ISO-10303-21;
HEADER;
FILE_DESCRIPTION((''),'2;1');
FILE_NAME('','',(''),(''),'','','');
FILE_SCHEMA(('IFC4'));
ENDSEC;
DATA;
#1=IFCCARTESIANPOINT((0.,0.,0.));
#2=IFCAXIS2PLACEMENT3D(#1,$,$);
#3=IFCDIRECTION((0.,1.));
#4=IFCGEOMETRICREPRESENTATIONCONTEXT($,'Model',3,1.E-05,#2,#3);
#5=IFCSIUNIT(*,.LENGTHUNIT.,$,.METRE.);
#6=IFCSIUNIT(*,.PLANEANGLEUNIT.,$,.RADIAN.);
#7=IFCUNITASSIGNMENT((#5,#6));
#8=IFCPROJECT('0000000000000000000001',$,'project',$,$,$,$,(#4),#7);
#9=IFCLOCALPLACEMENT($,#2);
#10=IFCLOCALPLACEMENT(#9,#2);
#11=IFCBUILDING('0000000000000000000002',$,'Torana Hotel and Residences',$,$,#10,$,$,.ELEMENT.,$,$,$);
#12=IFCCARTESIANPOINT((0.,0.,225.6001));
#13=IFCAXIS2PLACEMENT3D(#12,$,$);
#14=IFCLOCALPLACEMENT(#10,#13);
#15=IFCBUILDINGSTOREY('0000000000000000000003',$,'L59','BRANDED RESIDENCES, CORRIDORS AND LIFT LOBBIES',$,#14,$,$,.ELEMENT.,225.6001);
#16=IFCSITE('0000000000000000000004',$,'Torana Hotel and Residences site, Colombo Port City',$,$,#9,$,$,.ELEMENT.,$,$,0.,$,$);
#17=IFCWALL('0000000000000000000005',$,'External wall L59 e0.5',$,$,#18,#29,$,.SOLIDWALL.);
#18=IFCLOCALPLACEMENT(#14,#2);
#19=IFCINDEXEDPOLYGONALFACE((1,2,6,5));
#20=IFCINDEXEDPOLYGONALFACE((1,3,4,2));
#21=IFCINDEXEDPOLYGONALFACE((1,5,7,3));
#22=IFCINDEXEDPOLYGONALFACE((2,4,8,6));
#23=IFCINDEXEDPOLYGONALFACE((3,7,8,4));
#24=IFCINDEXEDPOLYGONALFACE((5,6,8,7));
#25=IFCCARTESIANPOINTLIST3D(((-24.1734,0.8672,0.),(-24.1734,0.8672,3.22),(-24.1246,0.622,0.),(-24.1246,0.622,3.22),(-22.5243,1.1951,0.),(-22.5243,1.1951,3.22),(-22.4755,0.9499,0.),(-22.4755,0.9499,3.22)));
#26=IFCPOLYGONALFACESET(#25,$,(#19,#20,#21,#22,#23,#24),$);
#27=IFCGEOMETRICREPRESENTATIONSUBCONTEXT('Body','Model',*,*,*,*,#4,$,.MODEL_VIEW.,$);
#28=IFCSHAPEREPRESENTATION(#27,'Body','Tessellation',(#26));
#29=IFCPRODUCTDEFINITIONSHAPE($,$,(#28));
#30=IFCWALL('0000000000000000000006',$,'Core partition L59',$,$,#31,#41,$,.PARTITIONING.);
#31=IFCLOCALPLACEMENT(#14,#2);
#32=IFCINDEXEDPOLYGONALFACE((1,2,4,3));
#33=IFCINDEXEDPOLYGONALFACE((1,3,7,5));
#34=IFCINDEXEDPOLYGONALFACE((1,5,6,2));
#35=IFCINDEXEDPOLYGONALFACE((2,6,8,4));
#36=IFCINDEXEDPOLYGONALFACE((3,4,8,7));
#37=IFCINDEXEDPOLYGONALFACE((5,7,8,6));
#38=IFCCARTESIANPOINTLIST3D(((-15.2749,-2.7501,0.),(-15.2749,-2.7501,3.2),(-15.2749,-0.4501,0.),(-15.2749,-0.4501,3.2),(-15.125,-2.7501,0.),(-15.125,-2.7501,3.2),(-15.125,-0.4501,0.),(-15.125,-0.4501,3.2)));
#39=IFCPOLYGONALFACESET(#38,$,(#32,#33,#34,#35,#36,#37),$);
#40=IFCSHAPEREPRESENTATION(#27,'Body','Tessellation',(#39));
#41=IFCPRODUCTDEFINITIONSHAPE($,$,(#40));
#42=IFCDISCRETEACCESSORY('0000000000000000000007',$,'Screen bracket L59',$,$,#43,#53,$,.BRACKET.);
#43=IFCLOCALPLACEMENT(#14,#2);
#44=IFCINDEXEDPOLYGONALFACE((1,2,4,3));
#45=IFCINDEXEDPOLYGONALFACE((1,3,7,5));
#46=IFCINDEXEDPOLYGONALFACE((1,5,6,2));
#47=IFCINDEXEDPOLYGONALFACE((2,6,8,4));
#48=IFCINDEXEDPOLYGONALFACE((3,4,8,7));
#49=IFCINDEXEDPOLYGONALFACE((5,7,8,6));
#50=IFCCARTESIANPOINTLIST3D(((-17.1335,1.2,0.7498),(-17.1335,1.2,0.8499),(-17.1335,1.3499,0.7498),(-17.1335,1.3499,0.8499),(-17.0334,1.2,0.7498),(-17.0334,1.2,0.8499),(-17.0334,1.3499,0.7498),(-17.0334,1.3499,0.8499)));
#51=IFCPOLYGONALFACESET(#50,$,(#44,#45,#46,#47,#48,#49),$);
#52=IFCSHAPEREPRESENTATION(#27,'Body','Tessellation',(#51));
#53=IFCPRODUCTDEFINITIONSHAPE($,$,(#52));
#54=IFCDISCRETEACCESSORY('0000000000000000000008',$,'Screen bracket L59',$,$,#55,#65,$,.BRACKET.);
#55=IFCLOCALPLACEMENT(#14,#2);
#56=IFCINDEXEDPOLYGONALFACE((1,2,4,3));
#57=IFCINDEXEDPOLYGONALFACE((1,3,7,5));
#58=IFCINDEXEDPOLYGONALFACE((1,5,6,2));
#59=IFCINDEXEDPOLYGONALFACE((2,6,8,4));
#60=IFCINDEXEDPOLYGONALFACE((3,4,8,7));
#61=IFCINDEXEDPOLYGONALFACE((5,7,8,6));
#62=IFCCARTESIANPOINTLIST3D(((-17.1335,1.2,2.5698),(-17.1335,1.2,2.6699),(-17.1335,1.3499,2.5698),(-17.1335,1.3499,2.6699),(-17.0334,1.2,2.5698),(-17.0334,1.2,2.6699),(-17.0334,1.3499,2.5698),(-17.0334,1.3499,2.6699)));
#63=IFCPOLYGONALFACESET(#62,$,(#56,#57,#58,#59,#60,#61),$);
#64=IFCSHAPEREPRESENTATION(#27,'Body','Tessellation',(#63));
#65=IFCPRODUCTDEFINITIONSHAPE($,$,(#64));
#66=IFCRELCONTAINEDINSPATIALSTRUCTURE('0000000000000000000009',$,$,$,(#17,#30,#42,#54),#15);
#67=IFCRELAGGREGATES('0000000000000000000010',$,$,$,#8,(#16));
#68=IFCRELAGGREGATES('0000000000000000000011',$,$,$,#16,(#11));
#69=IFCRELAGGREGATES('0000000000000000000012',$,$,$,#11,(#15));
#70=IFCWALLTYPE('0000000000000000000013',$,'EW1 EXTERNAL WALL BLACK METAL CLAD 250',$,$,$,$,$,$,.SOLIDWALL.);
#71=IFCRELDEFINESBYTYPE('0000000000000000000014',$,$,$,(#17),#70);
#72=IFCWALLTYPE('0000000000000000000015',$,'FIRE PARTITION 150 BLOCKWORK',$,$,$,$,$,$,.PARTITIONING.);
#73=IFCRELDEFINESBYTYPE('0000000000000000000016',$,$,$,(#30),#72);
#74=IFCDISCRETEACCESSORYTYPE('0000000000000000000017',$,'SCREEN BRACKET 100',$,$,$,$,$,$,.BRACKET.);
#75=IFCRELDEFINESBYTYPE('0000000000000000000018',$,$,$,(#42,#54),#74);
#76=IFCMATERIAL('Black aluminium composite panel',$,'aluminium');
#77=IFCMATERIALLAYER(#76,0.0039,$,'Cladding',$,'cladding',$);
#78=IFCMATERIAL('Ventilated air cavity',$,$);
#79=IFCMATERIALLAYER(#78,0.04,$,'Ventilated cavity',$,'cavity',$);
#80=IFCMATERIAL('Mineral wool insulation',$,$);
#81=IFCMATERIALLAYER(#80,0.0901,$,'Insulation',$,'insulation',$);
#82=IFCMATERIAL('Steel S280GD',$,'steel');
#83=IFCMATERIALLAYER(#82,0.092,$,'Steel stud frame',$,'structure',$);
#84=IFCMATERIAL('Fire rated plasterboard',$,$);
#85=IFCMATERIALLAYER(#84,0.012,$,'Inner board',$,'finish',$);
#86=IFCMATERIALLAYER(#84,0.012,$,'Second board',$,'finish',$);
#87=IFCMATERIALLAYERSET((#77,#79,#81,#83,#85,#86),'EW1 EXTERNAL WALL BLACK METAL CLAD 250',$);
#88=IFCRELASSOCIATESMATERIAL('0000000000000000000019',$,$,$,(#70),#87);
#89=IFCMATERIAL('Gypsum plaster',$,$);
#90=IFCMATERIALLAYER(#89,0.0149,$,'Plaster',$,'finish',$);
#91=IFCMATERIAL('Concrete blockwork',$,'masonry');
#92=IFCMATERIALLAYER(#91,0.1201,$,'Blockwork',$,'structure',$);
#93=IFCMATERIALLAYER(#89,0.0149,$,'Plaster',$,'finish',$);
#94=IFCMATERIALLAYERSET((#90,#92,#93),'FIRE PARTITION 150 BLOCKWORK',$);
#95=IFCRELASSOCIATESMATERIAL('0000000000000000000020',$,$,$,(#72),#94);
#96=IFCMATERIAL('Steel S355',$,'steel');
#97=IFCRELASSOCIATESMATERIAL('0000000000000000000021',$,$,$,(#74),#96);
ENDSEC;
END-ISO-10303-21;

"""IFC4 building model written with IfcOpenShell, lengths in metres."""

from ifc_helpers import new_model, si_unit, direction, frame, frame_2d, origin, origin_2d, place, context, subcontext, project, spatial, rectangle, extrude, material, layer, layer_set, type_object, element, save


model = new_model("IFC4")

# Units and contexts
model_context = context("Model", 3, precision=1e-05, world=origin(), true_north=direction((0.0, 1.0)))
body_context = subcontext(model_context, "Body", "Model", "MODEL_VIEW")
ifc_project = project(units=[si_unit("LENGTHUNIT", "METRE"), si_unit("PLANEANGLEUNIT", "RADIAN")], contexts=[model_context])

# Site, building, storey
site_placement = place(None, origin())
site = spatial("IfcSite", under=ifc_project, at=site_placement, Name="Torana Hotel and Residences site, Colombo Port City", CompositionType="ELEMENT", RefElevation=0.0)
building_placement = place(site_placement, origin())
building = spatial("IfcBuilding", under=site, at=building_placement, Name="Torana Hotel and Residences", CompositionType="ELEMENT")
storey_placement = place(building_placement, frame((0.0, 0.0, 225.6001)))
storey = spatial("IfcBuildingStorey", under=building, at=storey_placement, Name="L59", Description="BRANDED RESIDENCES, CORRIDORS AND LIFT LOBBIES", CompositionType="ELEMENT", Elevation=225.6001)

# Walls
ifc_material_1 = material(Name="Black aluminium composite panel", Category="aluminium")
ifc_layer_1 = layer(ifc_material_1, 0.0039, Name="Cladding", Category="cladding")
ifc_material_2 = material(Name="Ventilated air cavity")
ifc_layer_2 = layer(ifc_material_2, 0.04, Name="Ventilated cavity", Category="cavity")
ifc_material_3 = material(Name="Mineral wool insulation")
ifc_layer_3 = layer(ifc_material_3, 0.0901, Name="Insulation", Category="insulation")
ifc_material_4 = material(Name="Steel S280GD", Category="steel")
ifc_layer_4 = layer(ifc_material_4, 0.092, Name="Steel stud frame", Category="structure")
ifc_material_5 = material(Name="Fire rated plasterboard")
ifc_layer_5 = layer(ifc_material_5, 0.012, Name="Inner board", Category="finish")
ifc_layer_6 = layer(ifc_material_5, 0.012, Name="Second board", Category="finish")
ifc_layer_set_1 = layer_set([ifc_layer_1, ifc_layer_2, ifc_layer_3, ifc_layer_4, ifc_layer_5, ifc_layer_6], Name="EW1 EXTERNAL WALL BLACK METAL CLAD 250")
wall_type_1 = type_object("IfcWallType", Name="EW1 EXTERNAL WALL BLACK METAL CLAD 250", PredefinedType="SOLIDWALL", material=ifc_layer_set_1)
wall_1_placement = place(storey_placement, frame((-22.4998, 1.0725, 0.0), z_axis=(0.0, 0.0, 1.0), x_axis=(-0.980803, -0.194999, 0.0)))
element("IfcWall", 1, at=wall_1_placement, inside=storey, type_object=wall_type_1, Name="External wall L59 e0.5", PredefinedType="SOLIDWALL", context=body_context, shape_type="SweptSolid", body=[
    extrude(rectangle(XDim=1.6814, YDim=0.25, at=frame_2d((0.8408, 0.0))), origin(), (0.0, 0.0, 1.0), 3.22),
])
ifc_material_6 = material(Name="Gypsum plaster")
ifc_layer_7 = layer(ifc_material_6, 0.0149, Name="Plaster", Category="finish")
ifc_material_7 = material(Name="Concrete blockwork", Category="masonry")
ifc_layer_8 = layer(ifc_material_7, 0.1201, Name="Blockwork", Category="structure")
ifc_layer_9 = layer(ifc_material_6, 0.0149, Name="Plaster", Category="finish")
ifc_layer_set_2 = layer_set([ifc_layer_7, ifc_layer_8, ifc_layer_9], Name="FIRE PARTITION 150 BLOCKWORK")
wall_type_2 = type_object("IfcWallType", Name="FIRE PARTITION 150 BLOCKWORK", PredefinedType="PARTITIONING", material=ifc_layer_set_2)
wall_2_placement = place(storey_placement, frame((-15.2, -2.75, 0.0), z_axis=(0.0, 0.0, 1.0), x_axis=(0.0, 1.0, 0.0)))
element("IfcWall", 2, at=wall_2_placement, inside=storey, type_object=wall_type_2, Name="Core partition L59", PredefinedType="PARTITIONING", context=body_context, shape_type="SweptSolid", body=[
    extrude(rectangle(XDim=2.3, YDim=0.1499, at=frame_2d((1.1499, 0.0))), origin(), (0.0, 0.0, 1.0), 3.2),
])

# Discrete accessories
ifc_material_8 = material(Name="Steel S355", Category="steel")
discrete_accessory_type = type_object("IfcDiscreteAccessoryType", Name="SCREEN BRACKET 100", PredefinedType="BRACKET", material=ifc_material_8)
for number, where, z_axis, x_axis, name in (
    (3, (-17.0835, 1.2749, 0.7498), (0.0, 0.0, 1.0), (-1.0, 0.0, 0.0), "Screen bracket L59"),
    (4, (-17.0835, 1.2749, 2.5698), (0.0, 0.0, 1.0), (-1.0, 0.0, 0.0), "Screen bracket L59"),
):
    element("IfcDiscreteAccessory", number, at=place(storey_placement, frame(where, z_axis=z_axis, x_axis=x_axis)), inside=storey, type_object=discrete_accessory_type, Name=name, PredefinedType="BRACKET", context=body_context, shape_type="SweptSolid", body=[
        extrude(rectangle(XDim=0.1001, YDim=0.1499, at=origin_2d()), origin(), (0.0, 0.0, 1.0), 0.1001),
    ])

save(model, "model.ifc")
